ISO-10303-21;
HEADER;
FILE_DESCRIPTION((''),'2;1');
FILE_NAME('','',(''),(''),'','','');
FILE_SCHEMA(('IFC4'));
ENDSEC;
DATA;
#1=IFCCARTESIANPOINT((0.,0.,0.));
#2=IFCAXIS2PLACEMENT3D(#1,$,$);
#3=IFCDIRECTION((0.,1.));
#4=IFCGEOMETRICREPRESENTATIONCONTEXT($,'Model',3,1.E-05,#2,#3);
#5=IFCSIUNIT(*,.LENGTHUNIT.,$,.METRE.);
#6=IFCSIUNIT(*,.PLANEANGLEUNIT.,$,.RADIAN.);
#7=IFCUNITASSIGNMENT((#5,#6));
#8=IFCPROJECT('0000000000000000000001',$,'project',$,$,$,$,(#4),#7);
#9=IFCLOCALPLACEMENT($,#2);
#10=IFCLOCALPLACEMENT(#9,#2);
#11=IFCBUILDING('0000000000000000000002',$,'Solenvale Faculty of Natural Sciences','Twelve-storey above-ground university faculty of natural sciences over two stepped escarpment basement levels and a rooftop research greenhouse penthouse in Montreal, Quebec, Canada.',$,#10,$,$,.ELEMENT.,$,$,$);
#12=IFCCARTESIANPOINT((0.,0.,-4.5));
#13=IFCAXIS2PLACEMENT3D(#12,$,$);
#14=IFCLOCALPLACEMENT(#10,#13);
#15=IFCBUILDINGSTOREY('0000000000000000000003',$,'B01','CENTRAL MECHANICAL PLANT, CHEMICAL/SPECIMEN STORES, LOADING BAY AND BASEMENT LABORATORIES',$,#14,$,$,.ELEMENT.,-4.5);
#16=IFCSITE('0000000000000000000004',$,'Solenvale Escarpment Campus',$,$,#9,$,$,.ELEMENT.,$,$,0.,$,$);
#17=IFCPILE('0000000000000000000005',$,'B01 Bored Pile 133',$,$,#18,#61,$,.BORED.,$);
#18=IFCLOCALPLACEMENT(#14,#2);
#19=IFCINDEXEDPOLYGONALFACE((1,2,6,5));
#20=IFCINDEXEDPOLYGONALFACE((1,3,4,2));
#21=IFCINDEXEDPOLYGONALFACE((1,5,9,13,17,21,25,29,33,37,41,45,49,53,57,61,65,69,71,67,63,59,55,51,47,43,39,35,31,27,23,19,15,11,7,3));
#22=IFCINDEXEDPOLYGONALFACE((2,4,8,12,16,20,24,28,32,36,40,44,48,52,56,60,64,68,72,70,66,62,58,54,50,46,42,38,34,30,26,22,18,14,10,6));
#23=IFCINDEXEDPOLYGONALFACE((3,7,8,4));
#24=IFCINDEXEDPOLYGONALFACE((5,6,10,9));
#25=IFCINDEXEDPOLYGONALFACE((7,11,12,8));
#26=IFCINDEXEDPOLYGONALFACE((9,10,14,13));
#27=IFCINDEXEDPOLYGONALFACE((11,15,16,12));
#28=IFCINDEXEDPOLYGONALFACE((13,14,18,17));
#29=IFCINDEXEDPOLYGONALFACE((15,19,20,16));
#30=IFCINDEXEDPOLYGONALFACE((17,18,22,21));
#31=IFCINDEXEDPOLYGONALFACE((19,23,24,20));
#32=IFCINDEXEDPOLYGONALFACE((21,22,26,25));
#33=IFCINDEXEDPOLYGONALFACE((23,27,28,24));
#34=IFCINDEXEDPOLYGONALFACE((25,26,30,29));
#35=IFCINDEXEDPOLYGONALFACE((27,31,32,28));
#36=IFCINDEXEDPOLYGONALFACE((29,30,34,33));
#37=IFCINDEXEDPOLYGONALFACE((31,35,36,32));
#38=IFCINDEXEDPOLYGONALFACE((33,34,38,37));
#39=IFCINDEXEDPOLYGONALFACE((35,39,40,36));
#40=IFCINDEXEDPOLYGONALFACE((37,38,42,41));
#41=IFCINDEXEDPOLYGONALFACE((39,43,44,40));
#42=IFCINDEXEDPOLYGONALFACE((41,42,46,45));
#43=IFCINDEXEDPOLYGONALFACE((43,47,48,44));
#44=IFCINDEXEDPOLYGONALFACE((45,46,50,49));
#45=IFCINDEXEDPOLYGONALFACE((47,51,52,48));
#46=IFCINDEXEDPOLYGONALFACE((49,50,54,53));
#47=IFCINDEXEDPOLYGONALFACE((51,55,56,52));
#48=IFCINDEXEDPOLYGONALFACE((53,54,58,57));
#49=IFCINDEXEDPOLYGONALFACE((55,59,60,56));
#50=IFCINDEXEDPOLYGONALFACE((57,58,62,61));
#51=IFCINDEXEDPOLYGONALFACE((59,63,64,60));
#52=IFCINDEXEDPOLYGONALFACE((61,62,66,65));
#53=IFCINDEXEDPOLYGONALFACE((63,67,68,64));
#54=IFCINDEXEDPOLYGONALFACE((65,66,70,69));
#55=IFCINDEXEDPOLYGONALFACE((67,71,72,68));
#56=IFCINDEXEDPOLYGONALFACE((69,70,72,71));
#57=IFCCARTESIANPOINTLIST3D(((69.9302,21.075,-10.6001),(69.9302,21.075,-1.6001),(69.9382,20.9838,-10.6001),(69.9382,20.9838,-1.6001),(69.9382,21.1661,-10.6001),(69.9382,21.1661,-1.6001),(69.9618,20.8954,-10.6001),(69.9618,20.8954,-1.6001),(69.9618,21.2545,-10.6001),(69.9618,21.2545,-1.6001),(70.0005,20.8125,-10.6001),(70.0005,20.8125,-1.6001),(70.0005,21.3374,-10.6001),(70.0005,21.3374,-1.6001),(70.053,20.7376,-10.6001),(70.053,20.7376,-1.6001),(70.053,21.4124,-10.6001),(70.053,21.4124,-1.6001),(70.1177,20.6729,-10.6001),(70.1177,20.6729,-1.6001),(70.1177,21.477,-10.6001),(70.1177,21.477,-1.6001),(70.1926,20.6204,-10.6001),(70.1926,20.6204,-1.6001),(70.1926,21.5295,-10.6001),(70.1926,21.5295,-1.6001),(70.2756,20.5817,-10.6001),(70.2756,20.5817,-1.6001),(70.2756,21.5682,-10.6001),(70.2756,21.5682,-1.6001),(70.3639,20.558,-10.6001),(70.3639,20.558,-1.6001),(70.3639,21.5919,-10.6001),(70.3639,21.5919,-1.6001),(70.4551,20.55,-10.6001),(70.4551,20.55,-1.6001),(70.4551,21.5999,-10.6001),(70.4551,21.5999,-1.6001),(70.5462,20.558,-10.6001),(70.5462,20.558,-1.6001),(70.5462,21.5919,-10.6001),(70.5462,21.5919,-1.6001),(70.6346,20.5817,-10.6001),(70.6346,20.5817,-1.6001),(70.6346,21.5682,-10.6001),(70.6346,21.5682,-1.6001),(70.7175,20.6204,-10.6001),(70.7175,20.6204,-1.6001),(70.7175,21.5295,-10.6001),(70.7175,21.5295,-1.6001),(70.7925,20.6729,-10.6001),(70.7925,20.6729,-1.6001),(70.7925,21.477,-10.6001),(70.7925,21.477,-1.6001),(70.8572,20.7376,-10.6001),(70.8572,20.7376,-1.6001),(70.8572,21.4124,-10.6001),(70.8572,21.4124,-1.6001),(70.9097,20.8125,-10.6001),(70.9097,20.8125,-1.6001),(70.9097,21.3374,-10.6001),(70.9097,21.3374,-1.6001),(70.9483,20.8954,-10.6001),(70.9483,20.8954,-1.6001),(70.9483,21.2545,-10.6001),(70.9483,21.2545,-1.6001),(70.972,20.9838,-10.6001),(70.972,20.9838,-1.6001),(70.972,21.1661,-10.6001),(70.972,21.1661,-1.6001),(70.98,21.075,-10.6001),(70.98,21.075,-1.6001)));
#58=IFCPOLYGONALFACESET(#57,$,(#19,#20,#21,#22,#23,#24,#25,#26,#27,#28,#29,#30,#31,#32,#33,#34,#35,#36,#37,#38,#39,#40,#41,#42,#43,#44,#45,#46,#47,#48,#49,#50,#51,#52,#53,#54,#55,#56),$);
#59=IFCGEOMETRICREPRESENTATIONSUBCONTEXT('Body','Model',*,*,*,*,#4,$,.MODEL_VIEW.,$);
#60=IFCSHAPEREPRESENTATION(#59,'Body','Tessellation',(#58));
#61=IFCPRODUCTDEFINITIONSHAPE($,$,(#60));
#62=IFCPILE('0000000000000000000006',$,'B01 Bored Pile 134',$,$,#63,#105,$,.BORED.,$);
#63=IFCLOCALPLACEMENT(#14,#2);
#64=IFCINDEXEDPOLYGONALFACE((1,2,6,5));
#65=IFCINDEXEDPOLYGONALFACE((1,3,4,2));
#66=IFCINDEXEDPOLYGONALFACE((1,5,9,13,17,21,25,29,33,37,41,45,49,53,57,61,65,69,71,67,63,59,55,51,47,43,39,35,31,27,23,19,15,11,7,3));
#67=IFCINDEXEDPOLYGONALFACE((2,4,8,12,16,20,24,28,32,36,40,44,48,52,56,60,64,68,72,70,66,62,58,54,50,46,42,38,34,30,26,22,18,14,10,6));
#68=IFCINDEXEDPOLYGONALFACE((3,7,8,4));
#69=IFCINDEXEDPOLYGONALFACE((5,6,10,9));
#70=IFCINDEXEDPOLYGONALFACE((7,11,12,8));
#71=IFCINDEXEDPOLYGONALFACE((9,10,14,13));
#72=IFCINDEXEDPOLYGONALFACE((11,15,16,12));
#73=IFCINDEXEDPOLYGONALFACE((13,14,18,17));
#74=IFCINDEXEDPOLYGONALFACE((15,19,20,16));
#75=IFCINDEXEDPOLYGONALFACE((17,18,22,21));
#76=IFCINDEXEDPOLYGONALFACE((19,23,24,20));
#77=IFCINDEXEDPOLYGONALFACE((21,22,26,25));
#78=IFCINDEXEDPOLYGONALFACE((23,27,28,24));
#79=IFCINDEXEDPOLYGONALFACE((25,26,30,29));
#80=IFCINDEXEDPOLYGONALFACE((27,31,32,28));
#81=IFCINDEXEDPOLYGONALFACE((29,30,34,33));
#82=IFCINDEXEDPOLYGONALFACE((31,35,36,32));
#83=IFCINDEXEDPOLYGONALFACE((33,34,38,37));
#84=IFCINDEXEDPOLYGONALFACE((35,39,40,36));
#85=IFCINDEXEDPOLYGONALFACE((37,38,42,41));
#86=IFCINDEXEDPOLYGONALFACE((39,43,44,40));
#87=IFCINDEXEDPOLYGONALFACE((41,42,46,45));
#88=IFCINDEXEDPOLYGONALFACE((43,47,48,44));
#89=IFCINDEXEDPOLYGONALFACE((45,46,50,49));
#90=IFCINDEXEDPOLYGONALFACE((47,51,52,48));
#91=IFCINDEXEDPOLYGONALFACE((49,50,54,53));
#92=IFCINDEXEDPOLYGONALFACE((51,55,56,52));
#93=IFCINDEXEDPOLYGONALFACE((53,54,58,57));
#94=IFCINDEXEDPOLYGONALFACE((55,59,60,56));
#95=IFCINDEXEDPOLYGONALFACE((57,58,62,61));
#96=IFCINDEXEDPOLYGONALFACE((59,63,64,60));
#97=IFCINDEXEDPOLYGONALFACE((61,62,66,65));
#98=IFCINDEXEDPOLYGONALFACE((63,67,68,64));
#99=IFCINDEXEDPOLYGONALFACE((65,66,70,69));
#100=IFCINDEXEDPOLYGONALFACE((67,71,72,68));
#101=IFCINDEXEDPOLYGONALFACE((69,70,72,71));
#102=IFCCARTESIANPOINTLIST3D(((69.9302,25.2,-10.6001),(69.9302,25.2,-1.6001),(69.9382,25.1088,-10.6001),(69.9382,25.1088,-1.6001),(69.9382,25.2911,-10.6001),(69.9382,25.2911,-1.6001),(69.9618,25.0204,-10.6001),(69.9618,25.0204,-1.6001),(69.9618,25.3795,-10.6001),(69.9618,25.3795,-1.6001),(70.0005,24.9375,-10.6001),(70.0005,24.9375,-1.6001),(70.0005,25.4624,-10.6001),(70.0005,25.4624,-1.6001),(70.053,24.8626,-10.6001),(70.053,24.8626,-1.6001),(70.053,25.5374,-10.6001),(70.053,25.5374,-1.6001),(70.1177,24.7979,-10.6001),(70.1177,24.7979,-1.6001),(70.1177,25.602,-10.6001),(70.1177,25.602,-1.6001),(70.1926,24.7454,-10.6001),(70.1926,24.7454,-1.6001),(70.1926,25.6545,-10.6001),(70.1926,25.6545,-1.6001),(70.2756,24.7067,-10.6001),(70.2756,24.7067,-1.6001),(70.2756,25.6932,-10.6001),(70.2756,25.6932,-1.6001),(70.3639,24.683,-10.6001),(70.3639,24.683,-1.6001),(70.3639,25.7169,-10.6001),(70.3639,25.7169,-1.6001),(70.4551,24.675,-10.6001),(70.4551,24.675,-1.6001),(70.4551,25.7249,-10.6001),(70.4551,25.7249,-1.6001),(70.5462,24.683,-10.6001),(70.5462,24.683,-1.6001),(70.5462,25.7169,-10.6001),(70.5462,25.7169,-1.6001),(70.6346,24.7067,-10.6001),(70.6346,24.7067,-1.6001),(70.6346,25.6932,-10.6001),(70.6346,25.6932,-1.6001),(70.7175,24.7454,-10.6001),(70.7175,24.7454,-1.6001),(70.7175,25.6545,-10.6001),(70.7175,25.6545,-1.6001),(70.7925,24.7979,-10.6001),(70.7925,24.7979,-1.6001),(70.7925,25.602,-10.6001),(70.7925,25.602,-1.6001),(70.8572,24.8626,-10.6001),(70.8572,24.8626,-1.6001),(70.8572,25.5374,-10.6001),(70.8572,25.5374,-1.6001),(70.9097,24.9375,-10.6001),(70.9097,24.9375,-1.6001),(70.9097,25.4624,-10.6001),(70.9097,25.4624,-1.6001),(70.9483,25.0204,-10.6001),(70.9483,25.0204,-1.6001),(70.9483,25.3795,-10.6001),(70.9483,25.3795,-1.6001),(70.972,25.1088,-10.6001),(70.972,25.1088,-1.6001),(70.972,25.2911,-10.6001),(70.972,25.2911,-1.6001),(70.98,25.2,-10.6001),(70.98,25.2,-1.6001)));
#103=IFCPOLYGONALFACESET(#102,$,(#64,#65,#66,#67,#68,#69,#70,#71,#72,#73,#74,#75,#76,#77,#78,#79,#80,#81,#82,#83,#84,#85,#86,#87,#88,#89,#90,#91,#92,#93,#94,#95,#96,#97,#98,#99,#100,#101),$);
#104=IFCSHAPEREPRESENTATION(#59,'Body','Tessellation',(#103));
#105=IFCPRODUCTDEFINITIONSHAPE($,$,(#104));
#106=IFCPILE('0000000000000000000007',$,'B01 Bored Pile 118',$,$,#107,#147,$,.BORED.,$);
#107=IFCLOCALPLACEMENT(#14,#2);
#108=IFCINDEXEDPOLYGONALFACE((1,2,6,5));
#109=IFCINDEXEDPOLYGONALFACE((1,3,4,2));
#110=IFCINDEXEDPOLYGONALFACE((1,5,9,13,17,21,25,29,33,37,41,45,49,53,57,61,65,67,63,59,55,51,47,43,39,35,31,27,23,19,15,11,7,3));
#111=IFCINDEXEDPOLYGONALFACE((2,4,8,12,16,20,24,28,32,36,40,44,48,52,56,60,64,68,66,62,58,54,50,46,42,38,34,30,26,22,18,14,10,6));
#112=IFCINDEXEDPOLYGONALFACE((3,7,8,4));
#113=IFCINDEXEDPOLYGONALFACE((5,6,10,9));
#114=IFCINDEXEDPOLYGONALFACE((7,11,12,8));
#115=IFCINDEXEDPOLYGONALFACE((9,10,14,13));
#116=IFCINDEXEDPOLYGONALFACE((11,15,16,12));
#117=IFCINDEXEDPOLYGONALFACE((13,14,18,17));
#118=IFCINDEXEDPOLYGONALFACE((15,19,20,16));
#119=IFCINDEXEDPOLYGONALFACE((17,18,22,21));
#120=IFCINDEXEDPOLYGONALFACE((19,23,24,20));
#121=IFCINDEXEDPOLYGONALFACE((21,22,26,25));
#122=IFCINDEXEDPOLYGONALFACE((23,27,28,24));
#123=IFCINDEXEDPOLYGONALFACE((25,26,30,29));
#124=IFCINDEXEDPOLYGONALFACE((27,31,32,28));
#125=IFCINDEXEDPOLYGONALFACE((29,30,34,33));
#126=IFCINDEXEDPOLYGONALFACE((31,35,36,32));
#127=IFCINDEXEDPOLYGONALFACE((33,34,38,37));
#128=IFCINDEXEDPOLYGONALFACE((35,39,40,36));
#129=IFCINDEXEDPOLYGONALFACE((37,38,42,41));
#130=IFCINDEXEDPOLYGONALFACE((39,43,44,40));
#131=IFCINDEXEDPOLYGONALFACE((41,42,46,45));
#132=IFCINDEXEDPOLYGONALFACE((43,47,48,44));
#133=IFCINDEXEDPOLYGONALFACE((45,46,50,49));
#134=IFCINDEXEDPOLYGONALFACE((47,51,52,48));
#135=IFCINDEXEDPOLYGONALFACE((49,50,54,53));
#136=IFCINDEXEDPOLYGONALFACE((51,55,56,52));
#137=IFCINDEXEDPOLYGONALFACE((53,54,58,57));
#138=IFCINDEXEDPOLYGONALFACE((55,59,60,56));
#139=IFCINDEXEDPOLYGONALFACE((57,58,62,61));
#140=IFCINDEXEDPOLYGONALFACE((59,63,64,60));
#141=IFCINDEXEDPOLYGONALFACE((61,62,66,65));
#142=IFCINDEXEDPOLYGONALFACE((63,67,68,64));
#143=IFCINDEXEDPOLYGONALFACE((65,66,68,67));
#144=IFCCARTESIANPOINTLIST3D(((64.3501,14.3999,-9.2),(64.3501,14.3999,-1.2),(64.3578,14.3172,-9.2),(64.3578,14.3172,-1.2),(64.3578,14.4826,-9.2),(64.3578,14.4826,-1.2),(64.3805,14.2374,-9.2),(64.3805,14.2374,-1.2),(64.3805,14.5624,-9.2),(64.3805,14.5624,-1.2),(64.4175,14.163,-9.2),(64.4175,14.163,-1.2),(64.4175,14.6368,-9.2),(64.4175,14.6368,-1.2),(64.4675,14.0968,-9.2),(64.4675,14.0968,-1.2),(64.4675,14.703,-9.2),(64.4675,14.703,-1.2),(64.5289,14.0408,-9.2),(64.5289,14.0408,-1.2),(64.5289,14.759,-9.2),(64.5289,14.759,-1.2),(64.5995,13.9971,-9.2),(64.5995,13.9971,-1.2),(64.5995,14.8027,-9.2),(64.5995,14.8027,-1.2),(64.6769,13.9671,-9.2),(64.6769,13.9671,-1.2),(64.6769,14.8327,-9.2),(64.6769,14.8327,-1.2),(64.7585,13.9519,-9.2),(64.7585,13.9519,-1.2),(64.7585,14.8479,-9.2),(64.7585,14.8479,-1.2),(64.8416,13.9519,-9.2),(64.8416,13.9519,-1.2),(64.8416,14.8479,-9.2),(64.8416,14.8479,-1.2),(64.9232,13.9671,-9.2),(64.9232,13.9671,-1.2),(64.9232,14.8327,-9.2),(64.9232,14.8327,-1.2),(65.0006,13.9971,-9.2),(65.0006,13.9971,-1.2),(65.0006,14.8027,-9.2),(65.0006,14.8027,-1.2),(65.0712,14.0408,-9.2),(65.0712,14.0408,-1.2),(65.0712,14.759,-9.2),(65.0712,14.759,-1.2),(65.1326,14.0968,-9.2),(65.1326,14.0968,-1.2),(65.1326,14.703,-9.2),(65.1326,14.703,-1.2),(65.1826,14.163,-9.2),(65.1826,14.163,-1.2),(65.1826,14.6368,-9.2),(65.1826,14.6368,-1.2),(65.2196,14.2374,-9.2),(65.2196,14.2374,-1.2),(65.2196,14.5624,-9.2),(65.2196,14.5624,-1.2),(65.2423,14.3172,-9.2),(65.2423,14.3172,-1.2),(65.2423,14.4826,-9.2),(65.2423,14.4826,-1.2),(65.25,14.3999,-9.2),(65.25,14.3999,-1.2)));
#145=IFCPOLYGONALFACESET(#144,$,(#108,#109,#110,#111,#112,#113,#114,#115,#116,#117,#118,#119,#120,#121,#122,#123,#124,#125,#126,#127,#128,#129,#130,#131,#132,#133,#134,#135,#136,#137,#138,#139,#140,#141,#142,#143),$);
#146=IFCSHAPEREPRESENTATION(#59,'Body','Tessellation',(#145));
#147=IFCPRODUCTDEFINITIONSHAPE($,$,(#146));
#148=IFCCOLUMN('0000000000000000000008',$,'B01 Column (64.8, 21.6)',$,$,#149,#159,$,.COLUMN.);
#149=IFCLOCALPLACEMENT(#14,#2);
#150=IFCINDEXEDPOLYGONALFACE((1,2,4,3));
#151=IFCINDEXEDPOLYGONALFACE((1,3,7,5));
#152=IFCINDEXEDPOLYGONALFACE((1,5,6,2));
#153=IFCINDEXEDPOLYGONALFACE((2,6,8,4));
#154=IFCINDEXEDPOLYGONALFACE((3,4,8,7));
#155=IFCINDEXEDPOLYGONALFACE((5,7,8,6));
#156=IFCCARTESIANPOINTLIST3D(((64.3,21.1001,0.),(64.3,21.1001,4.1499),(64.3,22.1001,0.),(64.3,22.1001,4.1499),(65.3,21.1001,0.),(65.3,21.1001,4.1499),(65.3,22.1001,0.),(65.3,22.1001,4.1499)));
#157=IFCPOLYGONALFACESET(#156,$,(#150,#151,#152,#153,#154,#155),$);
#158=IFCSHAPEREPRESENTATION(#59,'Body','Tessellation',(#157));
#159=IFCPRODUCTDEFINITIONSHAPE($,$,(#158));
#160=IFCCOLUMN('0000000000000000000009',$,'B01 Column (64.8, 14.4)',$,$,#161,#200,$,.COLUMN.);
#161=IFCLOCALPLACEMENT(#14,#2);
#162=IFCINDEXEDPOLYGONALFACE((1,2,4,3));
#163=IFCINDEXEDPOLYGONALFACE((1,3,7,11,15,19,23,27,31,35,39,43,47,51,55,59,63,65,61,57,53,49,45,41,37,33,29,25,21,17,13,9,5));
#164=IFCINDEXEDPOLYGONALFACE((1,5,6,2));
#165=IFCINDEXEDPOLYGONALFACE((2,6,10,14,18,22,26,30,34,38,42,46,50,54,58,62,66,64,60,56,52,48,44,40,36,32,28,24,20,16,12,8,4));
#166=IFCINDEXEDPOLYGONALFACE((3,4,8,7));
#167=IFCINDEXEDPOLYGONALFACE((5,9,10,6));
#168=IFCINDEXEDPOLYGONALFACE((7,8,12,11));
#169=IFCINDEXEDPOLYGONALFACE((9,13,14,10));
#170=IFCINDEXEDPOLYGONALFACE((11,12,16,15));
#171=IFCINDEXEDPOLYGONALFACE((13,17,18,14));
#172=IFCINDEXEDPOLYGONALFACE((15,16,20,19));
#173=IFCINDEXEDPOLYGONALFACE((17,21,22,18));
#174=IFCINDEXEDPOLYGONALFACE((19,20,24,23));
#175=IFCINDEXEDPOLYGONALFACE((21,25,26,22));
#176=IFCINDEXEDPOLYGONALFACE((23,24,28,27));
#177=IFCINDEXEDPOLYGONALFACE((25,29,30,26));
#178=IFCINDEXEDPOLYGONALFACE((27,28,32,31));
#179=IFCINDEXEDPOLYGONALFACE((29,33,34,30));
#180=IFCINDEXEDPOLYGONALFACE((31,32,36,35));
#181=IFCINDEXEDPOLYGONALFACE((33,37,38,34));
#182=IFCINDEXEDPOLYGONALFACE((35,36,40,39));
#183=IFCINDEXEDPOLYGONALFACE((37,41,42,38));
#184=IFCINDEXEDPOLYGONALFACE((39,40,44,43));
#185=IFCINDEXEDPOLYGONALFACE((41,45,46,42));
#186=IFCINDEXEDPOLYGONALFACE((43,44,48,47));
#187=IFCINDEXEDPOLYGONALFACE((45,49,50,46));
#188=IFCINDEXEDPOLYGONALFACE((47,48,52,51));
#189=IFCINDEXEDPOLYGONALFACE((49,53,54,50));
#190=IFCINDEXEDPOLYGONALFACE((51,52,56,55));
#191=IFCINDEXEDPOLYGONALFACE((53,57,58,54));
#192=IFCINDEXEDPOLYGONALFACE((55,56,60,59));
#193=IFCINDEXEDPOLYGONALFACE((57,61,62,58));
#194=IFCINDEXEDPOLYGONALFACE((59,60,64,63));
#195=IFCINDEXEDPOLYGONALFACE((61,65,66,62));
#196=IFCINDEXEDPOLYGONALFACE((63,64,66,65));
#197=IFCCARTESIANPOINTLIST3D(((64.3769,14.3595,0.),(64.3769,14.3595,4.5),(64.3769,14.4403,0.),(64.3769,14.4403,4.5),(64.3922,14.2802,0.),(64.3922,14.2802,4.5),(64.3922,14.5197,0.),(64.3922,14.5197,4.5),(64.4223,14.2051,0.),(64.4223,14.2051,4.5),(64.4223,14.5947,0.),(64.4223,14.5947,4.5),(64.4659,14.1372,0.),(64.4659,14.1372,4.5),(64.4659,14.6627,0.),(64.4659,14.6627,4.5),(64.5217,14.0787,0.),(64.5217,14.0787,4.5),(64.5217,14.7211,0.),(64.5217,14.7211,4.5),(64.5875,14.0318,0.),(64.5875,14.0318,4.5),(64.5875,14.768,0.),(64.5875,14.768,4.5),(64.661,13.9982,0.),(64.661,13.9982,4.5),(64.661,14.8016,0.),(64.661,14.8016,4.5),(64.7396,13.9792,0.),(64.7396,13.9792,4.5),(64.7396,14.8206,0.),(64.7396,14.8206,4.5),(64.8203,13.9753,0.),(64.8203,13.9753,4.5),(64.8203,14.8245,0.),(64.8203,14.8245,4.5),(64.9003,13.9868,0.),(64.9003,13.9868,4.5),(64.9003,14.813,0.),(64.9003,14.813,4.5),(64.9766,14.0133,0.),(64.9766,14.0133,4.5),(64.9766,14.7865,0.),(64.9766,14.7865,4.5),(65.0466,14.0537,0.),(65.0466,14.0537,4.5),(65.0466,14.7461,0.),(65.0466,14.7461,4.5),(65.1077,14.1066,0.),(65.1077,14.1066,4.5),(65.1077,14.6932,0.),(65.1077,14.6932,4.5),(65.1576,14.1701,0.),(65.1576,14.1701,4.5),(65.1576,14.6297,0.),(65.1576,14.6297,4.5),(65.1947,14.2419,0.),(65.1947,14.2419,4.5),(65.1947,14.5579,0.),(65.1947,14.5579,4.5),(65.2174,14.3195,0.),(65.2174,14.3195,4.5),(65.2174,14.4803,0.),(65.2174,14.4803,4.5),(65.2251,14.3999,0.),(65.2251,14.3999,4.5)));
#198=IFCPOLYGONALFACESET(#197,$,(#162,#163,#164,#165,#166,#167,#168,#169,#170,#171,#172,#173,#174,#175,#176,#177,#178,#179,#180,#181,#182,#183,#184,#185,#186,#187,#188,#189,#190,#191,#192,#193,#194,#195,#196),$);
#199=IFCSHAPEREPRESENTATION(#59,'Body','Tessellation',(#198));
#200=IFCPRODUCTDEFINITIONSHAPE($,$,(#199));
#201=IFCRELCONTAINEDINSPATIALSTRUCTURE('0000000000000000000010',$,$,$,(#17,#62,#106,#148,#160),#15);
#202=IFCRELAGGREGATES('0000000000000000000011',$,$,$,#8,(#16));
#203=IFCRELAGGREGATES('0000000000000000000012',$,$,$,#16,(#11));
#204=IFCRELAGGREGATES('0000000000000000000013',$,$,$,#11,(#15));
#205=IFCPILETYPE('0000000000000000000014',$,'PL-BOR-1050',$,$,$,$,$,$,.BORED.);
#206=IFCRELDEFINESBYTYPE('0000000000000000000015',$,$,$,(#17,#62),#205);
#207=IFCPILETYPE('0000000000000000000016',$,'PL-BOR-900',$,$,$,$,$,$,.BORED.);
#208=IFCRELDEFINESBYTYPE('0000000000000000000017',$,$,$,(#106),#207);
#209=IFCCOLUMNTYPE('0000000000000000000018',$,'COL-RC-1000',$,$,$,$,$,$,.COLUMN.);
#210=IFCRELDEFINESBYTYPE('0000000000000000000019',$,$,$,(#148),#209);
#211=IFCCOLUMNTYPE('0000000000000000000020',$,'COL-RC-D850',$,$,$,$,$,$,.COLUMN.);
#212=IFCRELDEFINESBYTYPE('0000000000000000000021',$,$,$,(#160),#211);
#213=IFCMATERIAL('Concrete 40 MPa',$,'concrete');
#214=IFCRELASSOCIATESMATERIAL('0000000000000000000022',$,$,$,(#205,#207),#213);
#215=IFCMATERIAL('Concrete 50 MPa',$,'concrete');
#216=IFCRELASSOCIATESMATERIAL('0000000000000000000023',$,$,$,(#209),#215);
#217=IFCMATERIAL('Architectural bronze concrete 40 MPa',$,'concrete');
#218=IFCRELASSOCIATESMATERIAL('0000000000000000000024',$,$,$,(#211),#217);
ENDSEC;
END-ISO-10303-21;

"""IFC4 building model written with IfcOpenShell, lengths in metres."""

from ifc_helpers import new_model, si_unit, direction, frame, origin, origin_2d, place, context, subcontext, project, spatial, rectangle, circle, extrude, material, material_profile, profile_set, type_object, element, save


model = new_model("IFC4")

# Units and contexts
model_context = context("Model", 3, precision=1e-05, world=origin(), true_north=direction((0.0, 1.0)))
body_context = subcontext(model_context, "Body", "Model", "MODEL_VIEW")
ifc_project = project(units=[si_unit("LENGTHUNIT", "METRE"), si_unit("PLANEANGLEUNIT", "RADIAN")], contexts=[model_context])

# Site, building, storey
site_placement = place(None, origin())
site = spatial("IfcSite", under=ifc_project, at=site_placement, Name="Solenvale Escarpment Campus", CompositionType="ELEMENT", RefElevation=0.0)
building_placement = place(site_placement, origin())
building = spatial("IfcBuilding", under=site, at=building_placement, Name="Solenvale Faculty of Natural Sciences", Description="Twelve-storey above-ground university faculty of natural sciences over two stepped escarpment basement levels and a rooftop research greenhouse penthouse in Montreal, Quebec, Canada.", CompositionType="ELEMENT")
storey_placement = place(building_placement, frame((0.0, 0.0, -4.5)))
storey = spatial("IfcBuildingStorey", under=building, at=storey_placement, Name="B01", Description="CENTRAL MECHANICAL PLANT, CHEMICAL/SPECIMEN STORES, LOADING BAY AND BASEMENT LABORATORIES", CompositionType="ELEMENT", Elevation=-4.5)

# Shared definitions
ifc_material_1 = material(Name="Concrete 40 MPa", Category="concrete")

# Piles
ifc_material_profile_1 = material_profile(ifc_material_1, circle(Radius=0.5249, at=origin_2d()), Name="PILE-D1050")
ifc_profile_set_1 = profile_set([ifc_material_profile_1], Name="Concrete 40 MPa")
pile_type_1 = type_object("IfcPileType", Name="PL-BOR-1050", PredefinedType="BORED", material=ifc_profile_set_1)
for number, where, z_axis, x_axis, name in (
    (1, (70.4551, 21.075, -1.6001), (0.0, 0.0, -1.0), (1.0, 0.0, 0.0), "B01 Bored Pile 133"),
    (2, (70.4551, 25.2, -1.6001), (0.0, 0.0, -1.0), (1.0, 0.0, 0.0), "B01 Bored Pile 134"),
):
    element("IfcPile", number, at=place(storey_placement, frame(where, z_axis=z_axis, x_axis=x_axis)), inside=storey, type_object=pile_type_1, Name=name, PredefinedType="BORED", context=body_context, shape_type="SweptSolid", body=[
        extrude(circle(Radius=0.5249, at=origin_2d()), origin(), (0.0, 0.0, 1.0), 9.0),
    ])
ifc_material_profile_2 = material_profile(ifc_material_1, circle(Radius=0.45, at=origin_2d()), Name="PILE-D900")
ifc_profile_set_2 = profile_set([ifc_material_profile_2], Name="Concrete 40 MPa")
pile_type_2 = type_object("IfcPileType", Name="PL-BOR-900", PredefinedType="BORED", material=ifc_profile_set_2)
pile_placement = place(storey_placement, frame((64.8, 14.3999, -1.2), z_axis=(0.0, 0.0, -1.0), x_axis=(1.0, 0.0, 0.0)))
element("IfcPile", 3, at=pile_placement, inside=storey, type_object=pile_type_2, Name="B01 Bored Pile 118", PredefinedType="BORED", context=body_context, shape_type="SweptSolid", body=[
    extrude(circle(Radius=0.45, at=origin_2d()), origin(), (0.0, 0.0, 1.0), 8.0),
])

# Columns
ifc_material_2 = material(Name="Concrete 50 MPa", Category="concrete")
ifc_material_profile_3 = material_profile(ifc_material_2, rectangle(XDim=1.0, YDim=1.0, at=origin_2d()), Name="RC-COL-1000x1000")
ifc_profile_set_3 = profile_set([ifc_material_profile_3], Name="Concrete 50 MPa")
column_type_1 = type_object("IfcColumnType", Name="COL-RC-1000", PredefinedType="COLUMN", material=ifc_profile_set_3)
column_1_placement = place(storey_placement, frame((64.8, 21.6001, 0.0), z_axis=(0.0, 0.0, 1.0), x_axis=(1.0, 0.0, 0.0)))
element("IfcColumn", 4, at=column_1_placement, inside=storey, type_object=column_type_1, Name="B01 Column (64.8, 21.6)", PredefinedType="COLUMN", context=body_context, shape_type="SweptSolid", body=[
    extrude(rectangle(XDim=1.0, YDim=1.0, at=origin_2d()), origin(), (0.0, 0.0, 1.0), 4.1499),
])
ifc_material_3 = material(Name="Architectural bronze concrete 40 MPa", Category="concrete")
ifc_material_profile_4 = material_profile(ifc_material_3, circle(Radius=0.425, at=origin_2d()), Name="RC-COL-D850")
ifc_profile_set_4 = profile_set([ifc_material_profile_4], Name="Architectural bronze concrete 40 MPa")
column_type_2 = type_object("IfcColumnType", Name="COL-RC-D850", PredefinedType="COLUMN", material=ifc_profile_set_4)
column_2_placement = place(storey_placement, frame((64.8, 14.3999, 0.0), z_axis=(0.0, 0.0, 1.0), x_axis=(1.0, 0.0, 0.0)))
element("IfcColumn", 5, at=column_2_placement, inside=storey, type_object=column_type_2, Name="B01 Column (64.8, 14.4)", PredefinedType="COLUMN", context=body_context, shape_type="SweptSolid", body=[
    extrude(circle(Radius=0.425, at=origin_2d()), origin(), (0.0, 0.0, 1.0), 4.5),
])

save(model, "model.ifc")
